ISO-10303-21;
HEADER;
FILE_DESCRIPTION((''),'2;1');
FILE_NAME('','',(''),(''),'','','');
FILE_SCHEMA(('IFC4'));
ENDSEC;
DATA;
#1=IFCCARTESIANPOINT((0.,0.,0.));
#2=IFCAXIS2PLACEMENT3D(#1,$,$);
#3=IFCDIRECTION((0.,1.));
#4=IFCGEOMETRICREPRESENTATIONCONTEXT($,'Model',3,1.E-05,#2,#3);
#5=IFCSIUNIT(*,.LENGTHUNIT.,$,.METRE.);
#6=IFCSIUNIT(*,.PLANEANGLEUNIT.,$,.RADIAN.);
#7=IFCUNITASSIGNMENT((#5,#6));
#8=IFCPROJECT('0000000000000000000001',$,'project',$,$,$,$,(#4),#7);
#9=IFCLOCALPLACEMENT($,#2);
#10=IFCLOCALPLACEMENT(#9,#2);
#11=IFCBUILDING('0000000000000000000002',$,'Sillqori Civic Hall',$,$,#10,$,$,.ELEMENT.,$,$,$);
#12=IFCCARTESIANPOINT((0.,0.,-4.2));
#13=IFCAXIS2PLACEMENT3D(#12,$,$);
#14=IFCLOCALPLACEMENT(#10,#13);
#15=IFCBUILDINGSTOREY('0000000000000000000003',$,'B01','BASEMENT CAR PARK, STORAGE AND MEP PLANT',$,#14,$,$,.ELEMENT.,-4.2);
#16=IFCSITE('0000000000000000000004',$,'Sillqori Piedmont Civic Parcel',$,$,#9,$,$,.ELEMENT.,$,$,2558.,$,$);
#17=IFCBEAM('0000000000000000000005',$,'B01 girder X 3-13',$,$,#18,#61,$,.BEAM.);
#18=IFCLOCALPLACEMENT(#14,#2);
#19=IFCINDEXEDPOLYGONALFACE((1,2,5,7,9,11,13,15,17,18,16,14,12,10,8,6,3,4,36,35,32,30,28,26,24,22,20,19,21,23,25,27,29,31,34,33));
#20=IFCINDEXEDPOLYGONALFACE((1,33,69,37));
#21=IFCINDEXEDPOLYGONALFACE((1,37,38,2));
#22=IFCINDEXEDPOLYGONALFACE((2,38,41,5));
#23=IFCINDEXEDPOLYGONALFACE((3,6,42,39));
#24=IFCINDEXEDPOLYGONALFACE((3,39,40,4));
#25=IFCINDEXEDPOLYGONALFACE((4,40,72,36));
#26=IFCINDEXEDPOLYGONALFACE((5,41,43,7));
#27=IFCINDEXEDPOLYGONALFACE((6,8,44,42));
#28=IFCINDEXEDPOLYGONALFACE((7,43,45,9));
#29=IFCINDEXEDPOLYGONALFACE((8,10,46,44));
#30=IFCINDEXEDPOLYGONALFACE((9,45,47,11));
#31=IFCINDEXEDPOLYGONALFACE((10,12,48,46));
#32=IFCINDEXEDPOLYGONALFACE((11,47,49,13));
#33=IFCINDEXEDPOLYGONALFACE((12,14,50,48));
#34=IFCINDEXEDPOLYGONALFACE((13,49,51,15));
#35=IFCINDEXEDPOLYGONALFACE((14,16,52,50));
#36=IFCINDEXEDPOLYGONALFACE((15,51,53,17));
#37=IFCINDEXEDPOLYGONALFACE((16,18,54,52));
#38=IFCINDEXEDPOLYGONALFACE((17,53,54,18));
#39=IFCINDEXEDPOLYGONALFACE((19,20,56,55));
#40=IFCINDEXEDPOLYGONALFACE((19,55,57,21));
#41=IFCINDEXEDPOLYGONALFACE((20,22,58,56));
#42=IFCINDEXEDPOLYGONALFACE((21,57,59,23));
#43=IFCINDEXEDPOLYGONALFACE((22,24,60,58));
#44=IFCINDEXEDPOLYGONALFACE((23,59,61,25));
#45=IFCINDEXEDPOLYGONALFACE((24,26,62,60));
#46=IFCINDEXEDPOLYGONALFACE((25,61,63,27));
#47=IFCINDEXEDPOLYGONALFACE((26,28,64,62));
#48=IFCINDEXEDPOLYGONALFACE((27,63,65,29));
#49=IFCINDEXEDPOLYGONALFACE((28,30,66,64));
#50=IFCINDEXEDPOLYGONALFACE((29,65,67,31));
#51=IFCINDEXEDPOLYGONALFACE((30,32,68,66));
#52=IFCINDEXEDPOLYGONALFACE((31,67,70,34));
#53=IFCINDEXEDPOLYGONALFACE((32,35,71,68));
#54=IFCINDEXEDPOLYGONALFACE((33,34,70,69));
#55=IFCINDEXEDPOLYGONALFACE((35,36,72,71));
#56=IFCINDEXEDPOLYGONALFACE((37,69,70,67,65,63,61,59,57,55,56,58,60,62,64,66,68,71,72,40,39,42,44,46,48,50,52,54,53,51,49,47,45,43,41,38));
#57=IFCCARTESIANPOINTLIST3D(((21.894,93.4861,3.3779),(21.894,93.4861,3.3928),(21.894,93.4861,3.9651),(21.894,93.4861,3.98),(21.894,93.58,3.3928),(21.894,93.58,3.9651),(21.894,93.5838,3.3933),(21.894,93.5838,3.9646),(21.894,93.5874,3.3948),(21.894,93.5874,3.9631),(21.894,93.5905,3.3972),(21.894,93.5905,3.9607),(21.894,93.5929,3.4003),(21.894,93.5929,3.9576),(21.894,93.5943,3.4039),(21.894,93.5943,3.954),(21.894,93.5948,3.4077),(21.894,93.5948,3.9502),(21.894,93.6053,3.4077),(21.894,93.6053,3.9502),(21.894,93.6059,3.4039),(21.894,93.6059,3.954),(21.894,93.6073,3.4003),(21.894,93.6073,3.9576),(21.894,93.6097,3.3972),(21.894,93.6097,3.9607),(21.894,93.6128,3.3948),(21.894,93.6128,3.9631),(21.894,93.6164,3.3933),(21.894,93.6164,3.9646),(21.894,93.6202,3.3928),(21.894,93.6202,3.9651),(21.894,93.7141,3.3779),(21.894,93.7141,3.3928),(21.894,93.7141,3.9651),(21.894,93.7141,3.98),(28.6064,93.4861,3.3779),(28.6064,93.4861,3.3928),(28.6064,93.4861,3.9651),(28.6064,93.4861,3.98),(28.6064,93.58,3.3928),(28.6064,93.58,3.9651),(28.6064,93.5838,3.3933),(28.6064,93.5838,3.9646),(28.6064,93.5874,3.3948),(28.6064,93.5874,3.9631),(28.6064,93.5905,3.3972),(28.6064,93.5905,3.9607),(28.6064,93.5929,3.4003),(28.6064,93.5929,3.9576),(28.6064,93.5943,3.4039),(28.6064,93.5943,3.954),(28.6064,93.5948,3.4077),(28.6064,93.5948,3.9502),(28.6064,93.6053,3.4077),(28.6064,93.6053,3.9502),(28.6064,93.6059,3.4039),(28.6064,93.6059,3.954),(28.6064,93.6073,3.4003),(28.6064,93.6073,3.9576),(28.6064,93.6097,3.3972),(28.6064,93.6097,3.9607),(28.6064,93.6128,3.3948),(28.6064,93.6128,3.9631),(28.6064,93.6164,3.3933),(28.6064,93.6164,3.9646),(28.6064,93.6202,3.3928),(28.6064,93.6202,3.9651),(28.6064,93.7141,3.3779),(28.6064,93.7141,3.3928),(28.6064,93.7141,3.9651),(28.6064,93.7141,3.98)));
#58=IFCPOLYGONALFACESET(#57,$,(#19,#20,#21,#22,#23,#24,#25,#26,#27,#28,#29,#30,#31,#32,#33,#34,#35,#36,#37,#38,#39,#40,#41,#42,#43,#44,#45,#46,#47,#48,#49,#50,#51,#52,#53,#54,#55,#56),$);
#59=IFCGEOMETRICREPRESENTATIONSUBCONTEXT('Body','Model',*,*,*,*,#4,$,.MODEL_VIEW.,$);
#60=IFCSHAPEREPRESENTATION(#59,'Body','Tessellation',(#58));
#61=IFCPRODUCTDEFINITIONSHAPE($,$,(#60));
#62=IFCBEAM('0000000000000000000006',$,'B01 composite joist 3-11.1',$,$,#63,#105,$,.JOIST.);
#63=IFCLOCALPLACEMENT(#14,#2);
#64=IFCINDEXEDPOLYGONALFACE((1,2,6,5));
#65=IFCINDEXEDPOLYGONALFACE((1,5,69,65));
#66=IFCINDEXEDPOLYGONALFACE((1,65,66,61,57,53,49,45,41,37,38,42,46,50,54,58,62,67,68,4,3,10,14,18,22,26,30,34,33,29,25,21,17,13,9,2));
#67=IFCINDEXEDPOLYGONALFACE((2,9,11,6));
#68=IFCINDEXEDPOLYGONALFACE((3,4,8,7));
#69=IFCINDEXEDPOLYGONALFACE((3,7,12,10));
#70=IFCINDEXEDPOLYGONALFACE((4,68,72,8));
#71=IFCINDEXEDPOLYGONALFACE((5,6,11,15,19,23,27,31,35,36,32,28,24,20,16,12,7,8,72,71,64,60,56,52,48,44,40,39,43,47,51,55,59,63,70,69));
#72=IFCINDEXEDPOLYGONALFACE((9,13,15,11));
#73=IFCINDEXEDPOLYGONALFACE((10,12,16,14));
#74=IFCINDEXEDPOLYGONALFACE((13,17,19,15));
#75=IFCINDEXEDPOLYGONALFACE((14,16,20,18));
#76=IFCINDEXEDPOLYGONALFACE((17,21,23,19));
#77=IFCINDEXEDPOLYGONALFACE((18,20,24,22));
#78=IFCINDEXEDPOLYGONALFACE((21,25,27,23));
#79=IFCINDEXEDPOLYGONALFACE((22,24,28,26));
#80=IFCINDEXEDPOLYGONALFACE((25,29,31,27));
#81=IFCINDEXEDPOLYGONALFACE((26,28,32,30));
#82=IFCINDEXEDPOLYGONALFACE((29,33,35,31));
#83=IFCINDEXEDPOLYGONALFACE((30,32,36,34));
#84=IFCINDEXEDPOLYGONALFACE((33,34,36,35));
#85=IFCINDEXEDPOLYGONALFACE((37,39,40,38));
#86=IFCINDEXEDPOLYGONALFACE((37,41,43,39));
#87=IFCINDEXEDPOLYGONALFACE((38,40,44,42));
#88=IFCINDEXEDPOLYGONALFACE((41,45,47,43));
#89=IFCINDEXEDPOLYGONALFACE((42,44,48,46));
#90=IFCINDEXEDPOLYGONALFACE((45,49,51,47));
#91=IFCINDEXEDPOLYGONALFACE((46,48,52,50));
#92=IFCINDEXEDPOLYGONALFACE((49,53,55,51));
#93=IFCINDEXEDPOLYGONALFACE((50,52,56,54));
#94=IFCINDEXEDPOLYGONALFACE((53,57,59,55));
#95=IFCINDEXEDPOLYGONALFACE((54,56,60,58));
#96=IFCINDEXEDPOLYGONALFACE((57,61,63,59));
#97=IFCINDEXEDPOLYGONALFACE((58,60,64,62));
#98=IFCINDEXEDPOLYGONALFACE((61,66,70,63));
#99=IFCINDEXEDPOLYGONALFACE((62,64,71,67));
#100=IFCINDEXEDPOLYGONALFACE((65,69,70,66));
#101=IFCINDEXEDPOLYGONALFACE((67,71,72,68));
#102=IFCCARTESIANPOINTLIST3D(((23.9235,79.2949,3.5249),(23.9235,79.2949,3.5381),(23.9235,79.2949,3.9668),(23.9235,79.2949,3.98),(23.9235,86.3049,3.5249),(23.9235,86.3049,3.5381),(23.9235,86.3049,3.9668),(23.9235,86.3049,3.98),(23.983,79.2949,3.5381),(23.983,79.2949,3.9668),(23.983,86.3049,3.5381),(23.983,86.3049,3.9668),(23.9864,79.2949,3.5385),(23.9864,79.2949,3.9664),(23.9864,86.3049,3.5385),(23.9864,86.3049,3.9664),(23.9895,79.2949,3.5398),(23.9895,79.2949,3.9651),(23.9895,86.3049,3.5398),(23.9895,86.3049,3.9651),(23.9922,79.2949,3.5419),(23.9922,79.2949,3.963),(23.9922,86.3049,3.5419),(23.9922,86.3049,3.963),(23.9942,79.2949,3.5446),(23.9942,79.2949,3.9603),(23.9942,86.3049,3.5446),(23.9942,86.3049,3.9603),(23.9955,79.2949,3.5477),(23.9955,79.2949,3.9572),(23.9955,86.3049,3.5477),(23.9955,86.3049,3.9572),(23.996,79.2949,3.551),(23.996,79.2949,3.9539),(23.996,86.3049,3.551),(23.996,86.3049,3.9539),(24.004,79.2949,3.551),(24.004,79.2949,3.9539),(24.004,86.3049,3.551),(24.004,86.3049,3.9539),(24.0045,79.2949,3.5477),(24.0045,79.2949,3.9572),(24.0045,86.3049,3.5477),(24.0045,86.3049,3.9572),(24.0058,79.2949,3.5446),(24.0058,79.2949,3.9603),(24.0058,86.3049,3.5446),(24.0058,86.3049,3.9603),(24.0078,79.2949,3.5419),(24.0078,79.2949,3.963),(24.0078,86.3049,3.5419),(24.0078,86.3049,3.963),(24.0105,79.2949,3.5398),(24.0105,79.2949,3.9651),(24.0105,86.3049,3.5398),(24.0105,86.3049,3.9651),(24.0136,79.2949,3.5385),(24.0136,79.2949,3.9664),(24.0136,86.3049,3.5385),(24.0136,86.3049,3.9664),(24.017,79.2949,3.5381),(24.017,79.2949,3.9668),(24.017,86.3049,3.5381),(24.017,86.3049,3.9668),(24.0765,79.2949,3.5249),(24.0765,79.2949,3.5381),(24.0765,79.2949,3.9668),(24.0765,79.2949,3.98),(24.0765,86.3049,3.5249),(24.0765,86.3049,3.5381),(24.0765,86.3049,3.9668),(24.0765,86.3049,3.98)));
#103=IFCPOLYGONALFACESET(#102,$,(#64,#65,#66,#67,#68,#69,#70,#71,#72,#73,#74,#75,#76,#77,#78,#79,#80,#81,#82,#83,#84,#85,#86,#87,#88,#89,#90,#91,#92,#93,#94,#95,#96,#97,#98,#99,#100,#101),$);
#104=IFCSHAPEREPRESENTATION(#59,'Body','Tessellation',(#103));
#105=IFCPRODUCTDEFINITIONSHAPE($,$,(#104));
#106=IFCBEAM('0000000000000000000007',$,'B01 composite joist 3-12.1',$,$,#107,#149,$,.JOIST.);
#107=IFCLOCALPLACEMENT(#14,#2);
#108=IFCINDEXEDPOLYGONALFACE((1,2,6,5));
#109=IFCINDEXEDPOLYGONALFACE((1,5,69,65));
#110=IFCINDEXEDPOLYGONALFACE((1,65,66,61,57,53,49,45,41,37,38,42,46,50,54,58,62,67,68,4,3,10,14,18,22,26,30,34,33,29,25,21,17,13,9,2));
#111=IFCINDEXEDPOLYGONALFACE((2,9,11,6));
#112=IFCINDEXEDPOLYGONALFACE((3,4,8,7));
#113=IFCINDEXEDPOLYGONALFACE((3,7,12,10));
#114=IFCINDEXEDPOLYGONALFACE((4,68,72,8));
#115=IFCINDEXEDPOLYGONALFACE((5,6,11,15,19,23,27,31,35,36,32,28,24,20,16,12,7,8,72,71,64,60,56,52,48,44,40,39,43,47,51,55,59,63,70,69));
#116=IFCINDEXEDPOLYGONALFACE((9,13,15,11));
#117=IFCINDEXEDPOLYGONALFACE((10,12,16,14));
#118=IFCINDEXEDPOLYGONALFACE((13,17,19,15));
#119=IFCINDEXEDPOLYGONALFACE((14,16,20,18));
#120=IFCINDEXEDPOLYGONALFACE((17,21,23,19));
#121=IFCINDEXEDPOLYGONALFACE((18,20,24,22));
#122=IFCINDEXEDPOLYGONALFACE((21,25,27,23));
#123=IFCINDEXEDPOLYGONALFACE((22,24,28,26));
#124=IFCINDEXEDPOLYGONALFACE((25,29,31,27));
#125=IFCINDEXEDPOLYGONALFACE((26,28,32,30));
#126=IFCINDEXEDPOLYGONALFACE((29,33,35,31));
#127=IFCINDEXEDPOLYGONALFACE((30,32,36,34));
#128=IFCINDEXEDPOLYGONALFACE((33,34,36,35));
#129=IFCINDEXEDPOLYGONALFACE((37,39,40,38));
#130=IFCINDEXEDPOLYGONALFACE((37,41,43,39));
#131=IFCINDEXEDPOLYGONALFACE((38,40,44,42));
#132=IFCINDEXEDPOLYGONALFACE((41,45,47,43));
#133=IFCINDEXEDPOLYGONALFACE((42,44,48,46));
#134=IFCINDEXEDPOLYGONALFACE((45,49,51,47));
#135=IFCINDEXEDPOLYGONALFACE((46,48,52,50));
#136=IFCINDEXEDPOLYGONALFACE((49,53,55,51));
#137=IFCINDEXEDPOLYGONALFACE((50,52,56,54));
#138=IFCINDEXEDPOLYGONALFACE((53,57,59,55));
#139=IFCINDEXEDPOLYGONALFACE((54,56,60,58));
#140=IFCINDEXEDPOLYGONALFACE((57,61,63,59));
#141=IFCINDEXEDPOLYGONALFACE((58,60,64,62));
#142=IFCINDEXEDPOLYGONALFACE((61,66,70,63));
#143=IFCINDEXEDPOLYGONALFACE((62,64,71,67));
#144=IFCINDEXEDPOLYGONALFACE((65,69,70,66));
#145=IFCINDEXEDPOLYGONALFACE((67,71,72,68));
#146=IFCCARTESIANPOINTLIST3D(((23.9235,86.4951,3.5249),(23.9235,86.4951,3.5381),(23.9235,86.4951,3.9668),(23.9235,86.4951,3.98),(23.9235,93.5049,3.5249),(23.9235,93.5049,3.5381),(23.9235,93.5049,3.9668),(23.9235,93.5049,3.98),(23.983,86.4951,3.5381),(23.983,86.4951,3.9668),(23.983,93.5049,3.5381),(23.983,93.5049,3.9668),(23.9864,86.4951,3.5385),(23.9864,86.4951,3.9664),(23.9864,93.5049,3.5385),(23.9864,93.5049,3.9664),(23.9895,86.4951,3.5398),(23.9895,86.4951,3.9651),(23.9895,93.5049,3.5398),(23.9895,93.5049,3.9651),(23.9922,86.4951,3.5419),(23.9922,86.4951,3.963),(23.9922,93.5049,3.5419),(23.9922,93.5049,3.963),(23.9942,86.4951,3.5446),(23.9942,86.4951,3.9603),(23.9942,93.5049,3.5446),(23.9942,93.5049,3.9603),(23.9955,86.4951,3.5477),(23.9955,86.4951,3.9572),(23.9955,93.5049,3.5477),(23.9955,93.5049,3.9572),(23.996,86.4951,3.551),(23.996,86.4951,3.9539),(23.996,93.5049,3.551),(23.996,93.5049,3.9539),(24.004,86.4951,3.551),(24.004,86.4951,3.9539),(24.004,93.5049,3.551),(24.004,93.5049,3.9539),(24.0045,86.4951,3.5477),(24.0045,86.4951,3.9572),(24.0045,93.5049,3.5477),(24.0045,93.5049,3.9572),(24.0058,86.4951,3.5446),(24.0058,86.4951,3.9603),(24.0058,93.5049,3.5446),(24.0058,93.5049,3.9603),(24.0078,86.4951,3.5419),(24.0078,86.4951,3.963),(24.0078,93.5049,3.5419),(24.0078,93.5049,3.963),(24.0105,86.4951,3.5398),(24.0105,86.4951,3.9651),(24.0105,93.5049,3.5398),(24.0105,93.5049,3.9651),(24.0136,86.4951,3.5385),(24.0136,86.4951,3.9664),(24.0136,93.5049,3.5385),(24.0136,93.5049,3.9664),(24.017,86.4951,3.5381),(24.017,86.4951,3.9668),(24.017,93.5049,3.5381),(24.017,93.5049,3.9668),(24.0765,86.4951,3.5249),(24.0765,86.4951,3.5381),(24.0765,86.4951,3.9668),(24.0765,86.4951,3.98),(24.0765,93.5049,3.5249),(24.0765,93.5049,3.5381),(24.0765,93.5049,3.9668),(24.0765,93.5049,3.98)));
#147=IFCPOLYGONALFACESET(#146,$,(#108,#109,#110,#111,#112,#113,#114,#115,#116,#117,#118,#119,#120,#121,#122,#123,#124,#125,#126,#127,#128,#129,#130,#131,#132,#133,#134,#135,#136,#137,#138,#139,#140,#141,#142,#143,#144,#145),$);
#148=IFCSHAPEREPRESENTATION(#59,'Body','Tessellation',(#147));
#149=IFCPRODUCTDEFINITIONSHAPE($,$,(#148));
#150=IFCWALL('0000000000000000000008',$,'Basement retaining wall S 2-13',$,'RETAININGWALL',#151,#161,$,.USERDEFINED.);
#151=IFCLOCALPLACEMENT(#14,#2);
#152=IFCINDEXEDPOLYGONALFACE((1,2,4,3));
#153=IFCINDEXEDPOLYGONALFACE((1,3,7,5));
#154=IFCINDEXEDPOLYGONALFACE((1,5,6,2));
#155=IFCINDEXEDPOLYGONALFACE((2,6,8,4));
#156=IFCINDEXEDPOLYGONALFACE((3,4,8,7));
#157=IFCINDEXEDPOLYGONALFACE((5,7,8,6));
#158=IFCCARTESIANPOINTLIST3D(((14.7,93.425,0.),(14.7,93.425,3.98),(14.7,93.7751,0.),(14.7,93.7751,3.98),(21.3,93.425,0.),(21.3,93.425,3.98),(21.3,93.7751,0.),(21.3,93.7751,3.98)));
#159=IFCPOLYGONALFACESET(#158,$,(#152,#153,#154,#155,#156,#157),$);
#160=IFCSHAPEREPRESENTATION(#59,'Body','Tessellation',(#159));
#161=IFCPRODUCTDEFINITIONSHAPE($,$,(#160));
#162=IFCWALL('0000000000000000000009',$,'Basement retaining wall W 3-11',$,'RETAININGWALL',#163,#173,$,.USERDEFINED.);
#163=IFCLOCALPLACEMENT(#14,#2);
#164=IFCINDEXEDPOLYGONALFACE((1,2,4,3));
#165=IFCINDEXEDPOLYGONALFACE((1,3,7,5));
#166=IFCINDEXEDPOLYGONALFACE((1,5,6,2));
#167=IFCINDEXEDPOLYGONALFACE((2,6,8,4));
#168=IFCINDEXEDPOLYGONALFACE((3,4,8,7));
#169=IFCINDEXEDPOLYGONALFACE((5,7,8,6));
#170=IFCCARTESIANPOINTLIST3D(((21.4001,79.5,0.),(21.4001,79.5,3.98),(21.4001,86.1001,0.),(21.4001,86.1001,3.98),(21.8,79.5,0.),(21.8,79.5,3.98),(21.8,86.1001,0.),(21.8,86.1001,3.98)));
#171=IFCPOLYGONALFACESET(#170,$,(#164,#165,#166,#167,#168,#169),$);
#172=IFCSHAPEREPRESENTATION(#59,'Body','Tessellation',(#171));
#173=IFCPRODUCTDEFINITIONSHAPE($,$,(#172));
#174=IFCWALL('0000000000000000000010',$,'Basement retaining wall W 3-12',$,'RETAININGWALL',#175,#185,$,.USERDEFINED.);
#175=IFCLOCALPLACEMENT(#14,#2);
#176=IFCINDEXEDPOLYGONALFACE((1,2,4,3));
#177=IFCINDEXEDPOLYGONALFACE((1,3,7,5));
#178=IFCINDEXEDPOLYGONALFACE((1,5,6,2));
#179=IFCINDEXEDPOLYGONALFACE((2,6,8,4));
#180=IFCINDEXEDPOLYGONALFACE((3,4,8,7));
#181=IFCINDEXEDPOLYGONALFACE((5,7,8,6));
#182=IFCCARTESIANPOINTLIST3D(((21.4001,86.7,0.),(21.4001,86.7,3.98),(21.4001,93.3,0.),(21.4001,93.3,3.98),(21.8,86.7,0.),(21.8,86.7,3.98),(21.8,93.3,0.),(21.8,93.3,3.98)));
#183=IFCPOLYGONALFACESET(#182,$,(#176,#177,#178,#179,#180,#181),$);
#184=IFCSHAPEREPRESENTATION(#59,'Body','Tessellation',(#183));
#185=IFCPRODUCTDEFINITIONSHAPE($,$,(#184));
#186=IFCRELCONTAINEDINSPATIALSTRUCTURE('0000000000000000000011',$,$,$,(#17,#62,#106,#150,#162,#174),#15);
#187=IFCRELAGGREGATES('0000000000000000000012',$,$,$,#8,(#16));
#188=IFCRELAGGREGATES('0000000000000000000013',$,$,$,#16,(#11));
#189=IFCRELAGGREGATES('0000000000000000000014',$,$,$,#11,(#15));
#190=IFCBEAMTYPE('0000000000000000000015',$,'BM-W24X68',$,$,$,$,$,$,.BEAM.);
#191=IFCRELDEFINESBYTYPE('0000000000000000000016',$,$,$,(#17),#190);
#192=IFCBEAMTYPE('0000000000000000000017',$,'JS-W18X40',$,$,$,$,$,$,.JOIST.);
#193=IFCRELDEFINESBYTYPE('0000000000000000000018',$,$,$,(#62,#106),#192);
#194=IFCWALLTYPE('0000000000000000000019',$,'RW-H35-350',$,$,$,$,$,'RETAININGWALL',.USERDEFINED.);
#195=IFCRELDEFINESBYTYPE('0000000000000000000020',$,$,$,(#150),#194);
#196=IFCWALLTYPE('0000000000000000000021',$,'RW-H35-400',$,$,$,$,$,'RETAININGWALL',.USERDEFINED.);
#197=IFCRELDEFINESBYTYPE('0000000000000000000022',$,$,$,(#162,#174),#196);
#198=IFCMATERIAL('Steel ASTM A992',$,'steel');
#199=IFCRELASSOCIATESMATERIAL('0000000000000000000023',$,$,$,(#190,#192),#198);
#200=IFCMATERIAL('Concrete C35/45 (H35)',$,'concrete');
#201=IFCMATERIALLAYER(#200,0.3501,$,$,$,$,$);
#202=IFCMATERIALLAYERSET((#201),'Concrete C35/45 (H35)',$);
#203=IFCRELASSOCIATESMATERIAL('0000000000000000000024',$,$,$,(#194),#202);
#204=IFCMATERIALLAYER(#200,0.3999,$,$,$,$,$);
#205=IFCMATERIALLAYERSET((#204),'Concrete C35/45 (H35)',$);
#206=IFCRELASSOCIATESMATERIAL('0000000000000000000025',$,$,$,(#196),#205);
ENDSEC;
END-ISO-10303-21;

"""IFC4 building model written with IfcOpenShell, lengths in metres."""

from ifc_helpers import new_model, si_unit, direction, frame, frame_2d, origin, origin_2d, place, context, subcontext, project, spatial, rectangle, i_section, extrude, material, layer, layer_set, material_profile, profile_set, type_object, element, save


model = new_model("IFC4")

# Units and contexts
model_context = context("Model", 3, precision=1e-05, world=origin(), true_north=direction((0.0, 1.0)))
body_context = subcontext(model_context, "Body", "Model", "MODEL_VIEW")
ifc_project = project(units=[si_unit("LENGTHUNIT", "METRE"), si_unit("PLANEANGLEUNIT", "RADIAN")], contexts=[model_context])

# Site, building, storey
site_placement = place(None, origin())
site = spatial("IfcSite", under=ifc_project, at=site_placement, Name="Sillqori Piedmont Civic Parcel", CompositionType="ELEMENT", RefElevation=2558.0)
building_placement = place(site_placement, origin())
building = spatial("IfcBuilding", under=site, at=building_placement, Name="Sillqori Civic Hall", CompositionType="ELEMENT")
storey_placement = place(building_placement, frame((0.0, 0.0, -4.2)))
storey = spatial("IfcBuildingStorey", under=building, at=storey_placement, Name="B01", Description="BASEMENT CAR PARK, STORAGE AND MEP PLANT", CompositionType="ELEMENT", Elevation=-4.2)

# Shared definitions
ifc_material_1 = material(Name="Concrete C35/45 (H35)", Category="concrete")

# Beams
ifc_material_2 = material(Name="Steel ASTM A992", Category="steel")
ifc_material_profile_1 = material_profile(ifc_material_2, i_section(OverallWidth=0.228, OverallDepth=0.6021, WebThickness=0.0105, FlangeThickness=0.0149, FilletRadius=0.0149, at=origin_2d()), Name="W24X68")
ifc_profile_set_1 = profile_set([ifc_material_profile_1], Name="Steel ASTM A992")
beam_type_1 = type_object("IfcBeamType", Name="BM-W24X68", PredefinedType="BEAM", material=ifc_profile_set_1)
for number, where, z_axis, x_axis, name in (
    (1, (21.894, 93.6001, 3.679), (1.0, 0.0, 0.0), (0.0, 1.0, 0.0), "B01 girder X 3-13"),
):
    element("IfcBeam", number, at=place(storey_placement, frame(where, z_axis=z_axis, x_axis=x_axis)), inside=storey, type_object=beam_type_1, Name=name, PredefinedType="BEAM", context=body_context, shape_type="SweptSolid", body=[
        extrude(i_section(OverallWidth=0.228, OverallDepth=0.6021, WebThickness=0.0105, FlangeThickness=0.0149, FilletRadius=0.0149, at=origin_2d()), origin(), (0.0, 0.0, 1.0), 6.7124),
    ])
ifc_material_profile_2 = material_profile(ifc_material_2, i_section(OverallWidth=0.1531, OverallDepth=0.4551, WebThickness=0.0081, FlangeThickness=0.0132, FilletRadius=0.0129, at=origin_2d()), Name="W18X40")
ifc_profile_set_2 = profile_set([ifc_material_profile_2], Name="Steel ASTM A992")
beam_type_2 = type_object("IfcBeamType", Name="JS-W18X40", PredefinedType="JOIST", material=ifc_profile_set_2)
beam_1_placement = place(storey_placement, frame((24.0, 79.2949, 3.7524), z_axis=(0.0, 1.0, 0.0), x_axis=(-1.0, 0.0, 0.0)))
element("IfcBeam", 2, at=beam_1_placement, inside=storey, type_object=beam_type_2, Name="B01 composite joist 3-11.1", PredefinedType="JOIST", context=body_context, shape_type="SweptSolid", body=[
    extrude(i_section(OverallWidth=0.1531, OverallDepth=0.4551, WebThickness=0.0081, FlangeThickness=0.0132, FilletRadius=0.0129, at=origin_2d()), origin(), (0.0, 0.0, 1.0), 7.01),
])
beam_2_placement = place(storey_placement, frame((24.0, 86.4951, 3.7524), z_axis=(0.0, 1.0, 0.0), x_axis=(-1.0, 0.0, 0.0)))
element("IfcBeam", 3, at=beam_2_placement, inside=storey, type_object=beam_type_2, Name="B01 composite joist 3-12.1", PredefinedType="JOIST", context=body_context, shape_type="SweptSolid", body=[
    extrude(i_section(OverallWidth=0.1531, OverallDepth=0.4551, WebThickness=0.0081, FlangeThickness=0.0132, FilletRadius=0.0129, at=origin_2d()), origin(), (0.0, 0.0, 1.0), 7.0098),
])

# Walls
ifc_layer_1 = layer(ifc_material_1, 0.3501)
ifc_layer_set_1 = layer_set([ifc_layer_1], Name="Concrete C35/45 (H35)")
wall_type_1 = type_object("IfcWallType", Name="RW-H35-350", ElementType="RETAININGWALL", PredefinedType="USERDEFINED", material=ifc_layer_set_1)
wall_placement = place(storey_placement, frame((14.7, 93.6001, 0.0), z_axis=(0.0, 0.0, 1.0), x_axis=(1.0, 0.0, 0.0)))
element("IfcWall", 4, at=wall_placement, inside=storey, type_object=wall_type_1, Name="Basement retaining wall S 2-13", ObjectType="RETAININGWALL", PredefinedType="USERDEFINED", context=body_context, shape_type="SweptSolid", body=[
    extrude(rectangle(XDim=6.6001, YDim=0.3501, at=frame_2d((3.3, 0.0))), origin(), (0.0, 0.0, 1.0), 3.98),
])
ifc_layer_2 = layer(ifc_material_1, 0.3999)
ifc_layer_set_2 = layer_set([ifc_layer_2], Name="Concrete C35/45 (H35)")
wall_type_2 = type_object("IfcWallType", Name="RW-H35-400", ElementType="RETAININGWALL", PredefinedType="USERDEFINED", material=ifc_layer_set_2)
for number, where, z_axis, x_axis, name in (
    (5, (21.6001, 79.5, 0.0), (0.0, 0.0, 1.0), (0.0, 1.0, 0.0), "Basement retaining wall W 3-11"),
    (6, (21.6001, 86.7, 0.0), (0.0, 0.0, 1.0), (0.0, 1.0, 0.0), "Basement retaining wall W 3-12"),
):
    element("IfcWall", number, at=place(storey_placement, frame(where, z_axis=z_axis, x_axis=x_axis)), inside=storey, type_object=wall_type_2, Name=name, ObjectType="RETAININGWALL", PredefinedType="USERDEFINED", context=body_context, shape_type="SweptSolid", body=[
        extrude(rectangle(XDim=6.6001, YDim=0.3999, at=frame_2d((3.3, 0.0))), origin(), (0.0, 0.0, 1.0), 3.98),
    ])

save(model, "model.ifc")
